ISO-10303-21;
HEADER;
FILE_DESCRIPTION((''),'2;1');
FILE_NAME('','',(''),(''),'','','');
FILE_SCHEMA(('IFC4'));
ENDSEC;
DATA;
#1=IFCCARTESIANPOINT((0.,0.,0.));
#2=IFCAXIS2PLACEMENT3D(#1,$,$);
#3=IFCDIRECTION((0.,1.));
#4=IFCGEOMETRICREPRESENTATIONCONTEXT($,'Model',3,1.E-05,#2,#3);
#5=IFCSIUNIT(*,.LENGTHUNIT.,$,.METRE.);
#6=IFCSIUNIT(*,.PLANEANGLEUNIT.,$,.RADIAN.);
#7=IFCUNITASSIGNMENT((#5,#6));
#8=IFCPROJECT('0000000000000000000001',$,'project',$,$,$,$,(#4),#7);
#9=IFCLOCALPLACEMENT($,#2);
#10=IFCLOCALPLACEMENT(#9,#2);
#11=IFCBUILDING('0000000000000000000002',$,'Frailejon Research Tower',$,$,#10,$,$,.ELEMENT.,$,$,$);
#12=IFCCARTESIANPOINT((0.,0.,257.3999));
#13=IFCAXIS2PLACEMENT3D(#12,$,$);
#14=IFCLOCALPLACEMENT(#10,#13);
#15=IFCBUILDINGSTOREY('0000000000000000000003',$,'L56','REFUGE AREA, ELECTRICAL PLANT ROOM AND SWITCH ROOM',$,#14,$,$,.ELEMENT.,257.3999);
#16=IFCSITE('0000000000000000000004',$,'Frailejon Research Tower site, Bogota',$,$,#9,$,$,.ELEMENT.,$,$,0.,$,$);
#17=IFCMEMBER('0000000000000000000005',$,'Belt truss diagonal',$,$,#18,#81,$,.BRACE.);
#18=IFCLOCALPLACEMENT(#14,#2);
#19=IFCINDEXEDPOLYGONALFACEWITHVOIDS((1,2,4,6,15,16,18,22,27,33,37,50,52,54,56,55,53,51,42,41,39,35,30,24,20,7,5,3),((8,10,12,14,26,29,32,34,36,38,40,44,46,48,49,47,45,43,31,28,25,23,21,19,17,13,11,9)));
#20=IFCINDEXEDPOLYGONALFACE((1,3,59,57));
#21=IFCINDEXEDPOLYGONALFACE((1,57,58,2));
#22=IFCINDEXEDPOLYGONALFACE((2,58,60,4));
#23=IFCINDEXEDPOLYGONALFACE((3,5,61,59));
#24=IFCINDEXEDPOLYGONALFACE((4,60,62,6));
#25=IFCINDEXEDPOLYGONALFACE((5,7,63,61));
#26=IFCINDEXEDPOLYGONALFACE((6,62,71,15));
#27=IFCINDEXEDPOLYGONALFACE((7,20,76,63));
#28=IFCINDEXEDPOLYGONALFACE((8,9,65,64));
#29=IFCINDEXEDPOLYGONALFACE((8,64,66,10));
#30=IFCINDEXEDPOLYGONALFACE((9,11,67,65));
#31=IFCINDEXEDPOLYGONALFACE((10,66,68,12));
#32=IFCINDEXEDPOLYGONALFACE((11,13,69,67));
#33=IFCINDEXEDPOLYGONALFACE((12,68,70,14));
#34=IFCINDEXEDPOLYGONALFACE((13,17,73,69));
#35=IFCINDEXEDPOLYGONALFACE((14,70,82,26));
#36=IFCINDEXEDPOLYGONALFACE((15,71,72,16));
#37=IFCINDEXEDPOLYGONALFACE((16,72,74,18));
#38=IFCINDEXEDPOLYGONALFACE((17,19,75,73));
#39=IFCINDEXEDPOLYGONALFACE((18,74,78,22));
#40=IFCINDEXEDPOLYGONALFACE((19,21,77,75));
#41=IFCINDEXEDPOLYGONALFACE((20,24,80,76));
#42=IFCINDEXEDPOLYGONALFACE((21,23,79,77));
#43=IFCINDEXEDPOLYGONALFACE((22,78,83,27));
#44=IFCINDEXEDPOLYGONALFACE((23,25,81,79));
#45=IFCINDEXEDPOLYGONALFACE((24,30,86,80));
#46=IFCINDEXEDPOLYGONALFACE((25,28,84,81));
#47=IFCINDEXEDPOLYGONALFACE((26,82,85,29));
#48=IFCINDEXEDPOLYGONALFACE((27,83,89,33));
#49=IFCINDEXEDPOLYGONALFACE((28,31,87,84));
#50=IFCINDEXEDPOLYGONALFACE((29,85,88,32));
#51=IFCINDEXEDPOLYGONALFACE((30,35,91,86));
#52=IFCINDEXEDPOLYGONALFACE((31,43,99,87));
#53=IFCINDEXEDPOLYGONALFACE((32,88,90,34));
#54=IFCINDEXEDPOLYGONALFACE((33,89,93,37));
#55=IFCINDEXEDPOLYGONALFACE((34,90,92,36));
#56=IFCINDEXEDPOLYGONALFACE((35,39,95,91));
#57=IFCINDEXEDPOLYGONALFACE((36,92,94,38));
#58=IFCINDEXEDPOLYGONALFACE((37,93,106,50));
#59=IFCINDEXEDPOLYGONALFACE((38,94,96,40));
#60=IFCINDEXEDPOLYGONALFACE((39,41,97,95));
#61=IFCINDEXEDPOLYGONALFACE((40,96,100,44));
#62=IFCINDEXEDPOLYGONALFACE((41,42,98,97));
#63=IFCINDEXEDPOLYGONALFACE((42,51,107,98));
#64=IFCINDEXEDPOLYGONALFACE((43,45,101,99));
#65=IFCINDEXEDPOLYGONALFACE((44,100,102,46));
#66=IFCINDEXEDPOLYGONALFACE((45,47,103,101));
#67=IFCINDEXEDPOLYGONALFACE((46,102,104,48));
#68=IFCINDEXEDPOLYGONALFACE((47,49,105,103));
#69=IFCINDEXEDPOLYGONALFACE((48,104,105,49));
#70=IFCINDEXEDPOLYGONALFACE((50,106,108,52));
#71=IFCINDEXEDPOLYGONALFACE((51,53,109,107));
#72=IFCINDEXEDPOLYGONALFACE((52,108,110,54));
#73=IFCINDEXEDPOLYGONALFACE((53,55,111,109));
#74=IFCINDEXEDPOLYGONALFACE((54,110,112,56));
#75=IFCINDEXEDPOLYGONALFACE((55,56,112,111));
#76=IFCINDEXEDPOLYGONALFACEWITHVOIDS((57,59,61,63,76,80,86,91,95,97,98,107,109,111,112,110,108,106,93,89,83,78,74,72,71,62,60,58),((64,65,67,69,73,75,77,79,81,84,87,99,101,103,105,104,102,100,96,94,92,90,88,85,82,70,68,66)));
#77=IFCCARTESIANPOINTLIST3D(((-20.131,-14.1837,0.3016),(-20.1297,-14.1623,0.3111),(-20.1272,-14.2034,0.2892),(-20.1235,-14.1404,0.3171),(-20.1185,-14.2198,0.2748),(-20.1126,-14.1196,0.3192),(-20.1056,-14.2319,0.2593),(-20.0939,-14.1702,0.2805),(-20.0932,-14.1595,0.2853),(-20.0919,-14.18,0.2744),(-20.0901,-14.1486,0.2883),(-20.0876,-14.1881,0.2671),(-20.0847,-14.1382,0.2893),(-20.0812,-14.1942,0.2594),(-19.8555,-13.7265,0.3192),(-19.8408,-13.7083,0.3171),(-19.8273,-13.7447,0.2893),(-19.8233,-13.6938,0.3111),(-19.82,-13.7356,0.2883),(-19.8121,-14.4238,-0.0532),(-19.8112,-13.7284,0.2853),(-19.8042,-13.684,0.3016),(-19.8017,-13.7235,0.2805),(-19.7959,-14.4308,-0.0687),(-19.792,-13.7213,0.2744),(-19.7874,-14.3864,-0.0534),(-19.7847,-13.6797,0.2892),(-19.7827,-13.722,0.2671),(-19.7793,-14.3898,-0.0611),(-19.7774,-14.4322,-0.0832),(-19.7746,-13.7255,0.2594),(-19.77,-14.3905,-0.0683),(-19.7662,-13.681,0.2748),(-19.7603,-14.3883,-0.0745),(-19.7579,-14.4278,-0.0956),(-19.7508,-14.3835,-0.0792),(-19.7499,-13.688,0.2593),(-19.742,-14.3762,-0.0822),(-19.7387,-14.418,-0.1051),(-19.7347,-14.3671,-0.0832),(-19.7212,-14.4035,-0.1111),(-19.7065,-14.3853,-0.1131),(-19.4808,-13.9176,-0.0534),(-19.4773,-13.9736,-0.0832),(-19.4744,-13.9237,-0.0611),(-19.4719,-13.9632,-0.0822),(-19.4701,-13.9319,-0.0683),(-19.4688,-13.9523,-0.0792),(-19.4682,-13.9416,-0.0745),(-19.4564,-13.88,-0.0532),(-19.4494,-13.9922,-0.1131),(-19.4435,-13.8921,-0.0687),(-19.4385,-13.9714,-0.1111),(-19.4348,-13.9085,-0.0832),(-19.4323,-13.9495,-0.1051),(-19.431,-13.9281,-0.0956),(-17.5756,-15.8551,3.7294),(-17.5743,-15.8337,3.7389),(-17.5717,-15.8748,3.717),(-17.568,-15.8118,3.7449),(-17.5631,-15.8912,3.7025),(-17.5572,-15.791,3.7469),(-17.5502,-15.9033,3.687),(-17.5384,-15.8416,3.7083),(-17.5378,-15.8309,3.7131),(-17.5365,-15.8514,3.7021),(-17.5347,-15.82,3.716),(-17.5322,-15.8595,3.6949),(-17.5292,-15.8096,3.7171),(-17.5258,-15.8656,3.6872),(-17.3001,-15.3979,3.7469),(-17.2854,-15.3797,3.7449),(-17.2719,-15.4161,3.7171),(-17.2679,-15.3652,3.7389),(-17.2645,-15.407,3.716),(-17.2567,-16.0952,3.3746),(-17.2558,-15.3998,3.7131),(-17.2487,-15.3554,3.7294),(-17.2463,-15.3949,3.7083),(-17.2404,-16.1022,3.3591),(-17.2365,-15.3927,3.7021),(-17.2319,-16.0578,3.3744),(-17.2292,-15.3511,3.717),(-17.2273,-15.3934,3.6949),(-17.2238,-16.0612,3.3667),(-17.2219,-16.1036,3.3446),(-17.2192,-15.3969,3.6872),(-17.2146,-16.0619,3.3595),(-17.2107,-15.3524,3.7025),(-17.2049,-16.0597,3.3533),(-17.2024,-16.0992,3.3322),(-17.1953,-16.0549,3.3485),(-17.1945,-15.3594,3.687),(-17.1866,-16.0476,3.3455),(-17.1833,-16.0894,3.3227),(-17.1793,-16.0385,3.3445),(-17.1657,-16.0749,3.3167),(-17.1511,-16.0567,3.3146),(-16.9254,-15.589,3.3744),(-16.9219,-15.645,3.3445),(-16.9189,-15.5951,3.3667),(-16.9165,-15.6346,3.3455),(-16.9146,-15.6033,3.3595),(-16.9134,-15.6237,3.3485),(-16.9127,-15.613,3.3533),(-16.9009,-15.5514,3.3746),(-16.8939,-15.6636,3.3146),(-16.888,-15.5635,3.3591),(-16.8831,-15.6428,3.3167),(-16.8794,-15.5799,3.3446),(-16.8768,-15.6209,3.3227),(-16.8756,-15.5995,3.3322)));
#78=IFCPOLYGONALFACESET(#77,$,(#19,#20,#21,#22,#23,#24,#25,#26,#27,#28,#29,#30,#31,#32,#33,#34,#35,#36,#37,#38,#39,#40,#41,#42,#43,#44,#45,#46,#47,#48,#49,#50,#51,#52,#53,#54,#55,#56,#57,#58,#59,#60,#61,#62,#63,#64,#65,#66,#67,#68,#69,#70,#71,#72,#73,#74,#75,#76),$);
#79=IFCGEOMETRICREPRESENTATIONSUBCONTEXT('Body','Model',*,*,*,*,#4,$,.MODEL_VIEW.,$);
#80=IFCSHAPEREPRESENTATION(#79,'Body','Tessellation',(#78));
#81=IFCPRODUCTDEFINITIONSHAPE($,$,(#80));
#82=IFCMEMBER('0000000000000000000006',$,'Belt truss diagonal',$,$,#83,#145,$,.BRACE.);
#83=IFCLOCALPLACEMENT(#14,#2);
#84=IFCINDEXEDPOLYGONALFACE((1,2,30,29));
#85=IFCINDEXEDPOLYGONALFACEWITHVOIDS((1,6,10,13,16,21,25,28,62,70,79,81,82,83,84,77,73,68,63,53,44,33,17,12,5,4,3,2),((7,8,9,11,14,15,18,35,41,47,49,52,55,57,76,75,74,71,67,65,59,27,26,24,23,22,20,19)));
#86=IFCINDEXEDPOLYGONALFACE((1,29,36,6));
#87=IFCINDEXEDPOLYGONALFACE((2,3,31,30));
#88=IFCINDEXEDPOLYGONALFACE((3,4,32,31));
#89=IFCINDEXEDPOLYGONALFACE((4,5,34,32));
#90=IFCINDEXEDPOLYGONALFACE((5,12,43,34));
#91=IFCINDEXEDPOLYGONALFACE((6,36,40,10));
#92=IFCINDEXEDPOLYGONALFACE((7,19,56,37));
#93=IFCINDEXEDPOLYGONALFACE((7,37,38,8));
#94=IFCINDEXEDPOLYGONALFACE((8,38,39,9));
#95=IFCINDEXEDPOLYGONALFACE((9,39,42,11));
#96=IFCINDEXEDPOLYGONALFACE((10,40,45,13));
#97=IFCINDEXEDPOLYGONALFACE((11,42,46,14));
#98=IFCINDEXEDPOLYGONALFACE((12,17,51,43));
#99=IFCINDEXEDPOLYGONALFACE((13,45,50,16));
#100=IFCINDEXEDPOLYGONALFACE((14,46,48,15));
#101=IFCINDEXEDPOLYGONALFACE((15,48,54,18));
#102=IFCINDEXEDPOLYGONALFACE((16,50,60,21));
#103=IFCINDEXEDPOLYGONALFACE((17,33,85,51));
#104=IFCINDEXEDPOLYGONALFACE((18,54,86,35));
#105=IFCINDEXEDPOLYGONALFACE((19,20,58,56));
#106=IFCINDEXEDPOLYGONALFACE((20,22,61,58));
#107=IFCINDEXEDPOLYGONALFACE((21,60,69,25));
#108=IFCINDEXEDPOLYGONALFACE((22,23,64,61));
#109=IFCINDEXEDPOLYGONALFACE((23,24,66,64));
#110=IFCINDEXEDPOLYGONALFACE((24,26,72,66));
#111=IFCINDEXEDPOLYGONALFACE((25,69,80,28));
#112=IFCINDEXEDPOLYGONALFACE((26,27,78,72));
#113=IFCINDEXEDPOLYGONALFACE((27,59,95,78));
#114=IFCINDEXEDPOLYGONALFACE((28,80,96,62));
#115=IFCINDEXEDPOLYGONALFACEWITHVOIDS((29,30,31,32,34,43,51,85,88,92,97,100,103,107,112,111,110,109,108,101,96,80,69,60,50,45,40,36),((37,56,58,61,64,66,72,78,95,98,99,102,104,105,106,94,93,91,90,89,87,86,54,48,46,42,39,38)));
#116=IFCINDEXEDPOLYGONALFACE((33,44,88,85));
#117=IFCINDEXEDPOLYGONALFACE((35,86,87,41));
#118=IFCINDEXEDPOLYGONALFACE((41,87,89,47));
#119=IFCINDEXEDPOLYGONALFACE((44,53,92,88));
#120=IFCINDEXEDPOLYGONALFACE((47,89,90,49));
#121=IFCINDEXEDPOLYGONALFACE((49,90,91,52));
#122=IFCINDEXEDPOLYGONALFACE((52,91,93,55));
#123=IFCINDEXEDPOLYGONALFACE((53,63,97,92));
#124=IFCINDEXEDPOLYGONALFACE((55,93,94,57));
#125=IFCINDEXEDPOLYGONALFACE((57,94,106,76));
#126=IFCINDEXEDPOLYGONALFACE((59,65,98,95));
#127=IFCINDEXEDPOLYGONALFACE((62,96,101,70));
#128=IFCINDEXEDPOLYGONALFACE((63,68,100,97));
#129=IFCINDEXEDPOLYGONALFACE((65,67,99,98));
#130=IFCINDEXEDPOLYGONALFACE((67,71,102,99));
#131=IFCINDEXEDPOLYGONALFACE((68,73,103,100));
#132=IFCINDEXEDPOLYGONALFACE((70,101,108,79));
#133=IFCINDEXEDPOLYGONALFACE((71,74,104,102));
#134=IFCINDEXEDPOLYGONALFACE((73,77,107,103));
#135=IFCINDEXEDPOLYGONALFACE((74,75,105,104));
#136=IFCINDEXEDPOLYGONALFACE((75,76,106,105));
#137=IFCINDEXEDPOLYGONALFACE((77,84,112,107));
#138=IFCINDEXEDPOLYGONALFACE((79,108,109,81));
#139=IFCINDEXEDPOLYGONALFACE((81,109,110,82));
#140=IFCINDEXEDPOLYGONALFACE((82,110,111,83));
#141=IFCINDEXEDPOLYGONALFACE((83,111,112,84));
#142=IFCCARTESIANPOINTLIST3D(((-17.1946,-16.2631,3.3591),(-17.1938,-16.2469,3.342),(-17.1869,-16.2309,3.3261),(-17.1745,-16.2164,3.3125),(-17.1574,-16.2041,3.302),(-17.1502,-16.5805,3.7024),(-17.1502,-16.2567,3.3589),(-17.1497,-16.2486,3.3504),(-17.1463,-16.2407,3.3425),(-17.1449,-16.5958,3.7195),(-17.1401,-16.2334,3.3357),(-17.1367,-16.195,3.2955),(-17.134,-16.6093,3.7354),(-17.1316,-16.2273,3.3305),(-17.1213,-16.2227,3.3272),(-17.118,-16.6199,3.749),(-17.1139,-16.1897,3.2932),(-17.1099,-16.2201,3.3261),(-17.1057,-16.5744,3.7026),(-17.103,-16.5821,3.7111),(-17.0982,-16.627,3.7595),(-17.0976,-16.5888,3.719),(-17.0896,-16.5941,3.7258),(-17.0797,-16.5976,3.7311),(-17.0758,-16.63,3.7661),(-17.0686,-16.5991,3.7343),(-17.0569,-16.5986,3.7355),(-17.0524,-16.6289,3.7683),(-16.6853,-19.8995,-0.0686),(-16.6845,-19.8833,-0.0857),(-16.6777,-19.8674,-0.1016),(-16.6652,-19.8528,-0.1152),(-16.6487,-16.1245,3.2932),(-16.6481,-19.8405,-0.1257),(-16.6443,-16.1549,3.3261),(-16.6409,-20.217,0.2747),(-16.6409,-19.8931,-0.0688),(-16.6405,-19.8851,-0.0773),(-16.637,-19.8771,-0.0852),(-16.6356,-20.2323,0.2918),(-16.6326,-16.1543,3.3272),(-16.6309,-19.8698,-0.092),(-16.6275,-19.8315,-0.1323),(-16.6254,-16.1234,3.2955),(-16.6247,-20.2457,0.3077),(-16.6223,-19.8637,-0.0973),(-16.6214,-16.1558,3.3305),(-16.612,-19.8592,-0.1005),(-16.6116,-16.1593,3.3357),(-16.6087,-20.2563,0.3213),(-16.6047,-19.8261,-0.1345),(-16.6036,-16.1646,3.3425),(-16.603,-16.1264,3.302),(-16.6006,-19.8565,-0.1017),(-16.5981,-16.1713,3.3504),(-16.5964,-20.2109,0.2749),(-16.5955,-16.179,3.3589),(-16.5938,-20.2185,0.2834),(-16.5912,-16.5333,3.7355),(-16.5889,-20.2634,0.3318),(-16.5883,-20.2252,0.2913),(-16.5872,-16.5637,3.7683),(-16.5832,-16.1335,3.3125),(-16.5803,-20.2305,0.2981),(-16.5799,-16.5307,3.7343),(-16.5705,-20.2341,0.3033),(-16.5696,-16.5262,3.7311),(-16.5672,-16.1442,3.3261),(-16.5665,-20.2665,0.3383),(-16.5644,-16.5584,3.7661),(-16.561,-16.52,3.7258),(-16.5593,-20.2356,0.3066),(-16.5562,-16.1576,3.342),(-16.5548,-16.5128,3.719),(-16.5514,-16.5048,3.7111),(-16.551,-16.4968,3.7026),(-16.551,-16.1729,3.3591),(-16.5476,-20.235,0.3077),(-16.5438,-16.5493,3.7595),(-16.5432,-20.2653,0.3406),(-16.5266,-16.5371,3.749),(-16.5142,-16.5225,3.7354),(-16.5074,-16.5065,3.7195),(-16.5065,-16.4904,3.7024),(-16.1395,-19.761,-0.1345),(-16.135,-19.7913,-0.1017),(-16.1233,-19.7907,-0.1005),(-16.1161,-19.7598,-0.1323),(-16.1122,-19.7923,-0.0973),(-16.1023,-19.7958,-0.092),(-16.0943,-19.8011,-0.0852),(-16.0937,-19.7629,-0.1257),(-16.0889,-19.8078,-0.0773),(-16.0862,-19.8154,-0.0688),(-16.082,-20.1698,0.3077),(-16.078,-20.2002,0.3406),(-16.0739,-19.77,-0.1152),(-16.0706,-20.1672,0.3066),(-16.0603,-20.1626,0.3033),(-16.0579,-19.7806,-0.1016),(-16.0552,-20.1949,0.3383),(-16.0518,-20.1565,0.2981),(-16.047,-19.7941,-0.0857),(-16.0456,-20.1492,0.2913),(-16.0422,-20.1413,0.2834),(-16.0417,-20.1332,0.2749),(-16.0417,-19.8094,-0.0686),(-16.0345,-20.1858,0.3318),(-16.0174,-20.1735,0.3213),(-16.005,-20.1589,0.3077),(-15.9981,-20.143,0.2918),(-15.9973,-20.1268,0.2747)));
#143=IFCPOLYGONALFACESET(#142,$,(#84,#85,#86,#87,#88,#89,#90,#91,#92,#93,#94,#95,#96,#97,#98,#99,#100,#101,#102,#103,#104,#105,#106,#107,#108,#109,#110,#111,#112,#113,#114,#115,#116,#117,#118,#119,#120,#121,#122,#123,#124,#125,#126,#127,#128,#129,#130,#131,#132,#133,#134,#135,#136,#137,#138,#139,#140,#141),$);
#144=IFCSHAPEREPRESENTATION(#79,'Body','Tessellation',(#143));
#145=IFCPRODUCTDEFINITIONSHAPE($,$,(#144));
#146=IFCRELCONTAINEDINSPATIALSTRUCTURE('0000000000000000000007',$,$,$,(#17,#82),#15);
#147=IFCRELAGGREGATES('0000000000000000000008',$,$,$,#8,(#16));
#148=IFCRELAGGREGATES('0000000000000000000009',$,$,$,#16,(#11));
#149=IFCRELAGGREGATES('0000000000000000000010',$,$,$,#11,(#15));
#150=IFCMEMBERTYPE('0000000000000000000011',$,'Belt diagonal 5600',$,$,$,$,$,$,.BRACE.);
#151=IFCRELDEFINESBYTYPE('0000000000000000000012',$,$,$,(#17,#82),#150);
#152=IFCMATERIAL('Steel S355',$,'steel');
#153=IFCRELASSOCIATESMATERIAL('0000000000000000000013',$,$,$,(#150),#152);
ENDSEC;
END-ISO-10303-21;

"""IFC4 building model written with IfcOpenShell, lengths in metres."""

from ifc_helpers import new_model, si_unit, direction, frame, origin, origin_2d, place, context, subcontext, project, spatial, hollow_rectangle, extrude, material, material_profile, profile_set, type_object, element, save


model = new_model("IFC4")

# Units and contexts
model_context = context("Model", 3, precision=1e-05, world=origin(), true_north=direction((0.0, 1.0)))
body_context = subcontext(model_context, "Body", "Model", "MODEL_VIEW")
ifc_project = project(units=[si_unit("LENGTHUNIT", "METRE"), si_unit("PLANEANGLEUNIT", "RADIAN")], contexts=[model_context])

# Site, building, storey
site_placement = place(None, origin())
site = spatial("IfcSite", under=ifc_project, at=site_placement, Name="Frailejon Research Tower site, Bogota", CompositionType="ELEMENT", RefElevation=0.0)
building_placement = place(site_placement, origin())
building = spatial("IfcBuilding", under=site, at=building_placement, Name="Frailejon Research Tower", CompositionType="ELEMENT")
storey_placement = place(building_placement, frame((0.0, 0.0, 257.3999)))
storey = spatial("IfcBuildingStorey", under=building, at=storey_placement, Name="L56", Description="REFUGE AREA, ELECTRICAL PLANT ROOM AND SWITCH ROOM", CompositionType="ELEMENT", Elevation=257.3999)

# Members
ifc_material_1 = material(Name="Steel S355", Category="steel")
ifc_material_profile_1 = material_profile(ifc_material_1, hollow_rectangle(XDim=0.6499, YDim=0.6499, WallThickness=0.0449, InnerFilletRadius=0.0449, OuterFilletRadius=0.0901, at=origin_2d()), Name="Belt diagonal 5600")
ifc_profile_set_1 = profile_set([ifc_material_profile_1], Name="Steel S355")
member_type = type_object("IfcMemberType", Name="Belt diagonal 5600", PredefinedType="BRACE", material=ifc_profile_set_1)
member_1_placement = place(storey_placement, frame((-19.781, -14.0559, 0.103), z_axis=(0.556671, -0.364094, 0.746695), x_axis=(0.547372, 0.836889, 0.0)))
element("IfcMember", 1, at=member_1_placement, inside=storey, type_object=member_type, Name="Belt truss diagonal", PredefinedType="BRACE", context=body_context, shape_type="SweptSolid", body=[
    extrude(hollow_rectangle(XDim=0.6499, YDim=0.6499, WallThickness=0.0449, InnerFilletRadius=0.0449, OuterFilletRadius=0.0901, at=origin_2d()), origin(), (0.0, 0.0, 1.0), 4.5906),
])
member_2_placement = place(storey_placement, frame((-16.8506, -16.3767, 3.5308), z_axis=(0.101385, -0.723934, -0.682379), x_axis=(0.990335, 0.138693, 0.0)))
element("IfcMember", 2, at=member_2_placement, inside=storey, type_object=member_type, Name="Belt truss diagonal", PredefinedType="BRACE", context=body_context, shape_type="SweptSolid", body=[
    extrude(hollow_rectangle(XDim=0.6499, YDim=0.6499, WallThickness=0.0449, InnerFilletRadius=0.0449, OuterFilletRadius=0.0901, at=origin_2d()), origin(), (0.0, 0.0, 1.0), 5.0232),
])

save(model, "model.ifc")
